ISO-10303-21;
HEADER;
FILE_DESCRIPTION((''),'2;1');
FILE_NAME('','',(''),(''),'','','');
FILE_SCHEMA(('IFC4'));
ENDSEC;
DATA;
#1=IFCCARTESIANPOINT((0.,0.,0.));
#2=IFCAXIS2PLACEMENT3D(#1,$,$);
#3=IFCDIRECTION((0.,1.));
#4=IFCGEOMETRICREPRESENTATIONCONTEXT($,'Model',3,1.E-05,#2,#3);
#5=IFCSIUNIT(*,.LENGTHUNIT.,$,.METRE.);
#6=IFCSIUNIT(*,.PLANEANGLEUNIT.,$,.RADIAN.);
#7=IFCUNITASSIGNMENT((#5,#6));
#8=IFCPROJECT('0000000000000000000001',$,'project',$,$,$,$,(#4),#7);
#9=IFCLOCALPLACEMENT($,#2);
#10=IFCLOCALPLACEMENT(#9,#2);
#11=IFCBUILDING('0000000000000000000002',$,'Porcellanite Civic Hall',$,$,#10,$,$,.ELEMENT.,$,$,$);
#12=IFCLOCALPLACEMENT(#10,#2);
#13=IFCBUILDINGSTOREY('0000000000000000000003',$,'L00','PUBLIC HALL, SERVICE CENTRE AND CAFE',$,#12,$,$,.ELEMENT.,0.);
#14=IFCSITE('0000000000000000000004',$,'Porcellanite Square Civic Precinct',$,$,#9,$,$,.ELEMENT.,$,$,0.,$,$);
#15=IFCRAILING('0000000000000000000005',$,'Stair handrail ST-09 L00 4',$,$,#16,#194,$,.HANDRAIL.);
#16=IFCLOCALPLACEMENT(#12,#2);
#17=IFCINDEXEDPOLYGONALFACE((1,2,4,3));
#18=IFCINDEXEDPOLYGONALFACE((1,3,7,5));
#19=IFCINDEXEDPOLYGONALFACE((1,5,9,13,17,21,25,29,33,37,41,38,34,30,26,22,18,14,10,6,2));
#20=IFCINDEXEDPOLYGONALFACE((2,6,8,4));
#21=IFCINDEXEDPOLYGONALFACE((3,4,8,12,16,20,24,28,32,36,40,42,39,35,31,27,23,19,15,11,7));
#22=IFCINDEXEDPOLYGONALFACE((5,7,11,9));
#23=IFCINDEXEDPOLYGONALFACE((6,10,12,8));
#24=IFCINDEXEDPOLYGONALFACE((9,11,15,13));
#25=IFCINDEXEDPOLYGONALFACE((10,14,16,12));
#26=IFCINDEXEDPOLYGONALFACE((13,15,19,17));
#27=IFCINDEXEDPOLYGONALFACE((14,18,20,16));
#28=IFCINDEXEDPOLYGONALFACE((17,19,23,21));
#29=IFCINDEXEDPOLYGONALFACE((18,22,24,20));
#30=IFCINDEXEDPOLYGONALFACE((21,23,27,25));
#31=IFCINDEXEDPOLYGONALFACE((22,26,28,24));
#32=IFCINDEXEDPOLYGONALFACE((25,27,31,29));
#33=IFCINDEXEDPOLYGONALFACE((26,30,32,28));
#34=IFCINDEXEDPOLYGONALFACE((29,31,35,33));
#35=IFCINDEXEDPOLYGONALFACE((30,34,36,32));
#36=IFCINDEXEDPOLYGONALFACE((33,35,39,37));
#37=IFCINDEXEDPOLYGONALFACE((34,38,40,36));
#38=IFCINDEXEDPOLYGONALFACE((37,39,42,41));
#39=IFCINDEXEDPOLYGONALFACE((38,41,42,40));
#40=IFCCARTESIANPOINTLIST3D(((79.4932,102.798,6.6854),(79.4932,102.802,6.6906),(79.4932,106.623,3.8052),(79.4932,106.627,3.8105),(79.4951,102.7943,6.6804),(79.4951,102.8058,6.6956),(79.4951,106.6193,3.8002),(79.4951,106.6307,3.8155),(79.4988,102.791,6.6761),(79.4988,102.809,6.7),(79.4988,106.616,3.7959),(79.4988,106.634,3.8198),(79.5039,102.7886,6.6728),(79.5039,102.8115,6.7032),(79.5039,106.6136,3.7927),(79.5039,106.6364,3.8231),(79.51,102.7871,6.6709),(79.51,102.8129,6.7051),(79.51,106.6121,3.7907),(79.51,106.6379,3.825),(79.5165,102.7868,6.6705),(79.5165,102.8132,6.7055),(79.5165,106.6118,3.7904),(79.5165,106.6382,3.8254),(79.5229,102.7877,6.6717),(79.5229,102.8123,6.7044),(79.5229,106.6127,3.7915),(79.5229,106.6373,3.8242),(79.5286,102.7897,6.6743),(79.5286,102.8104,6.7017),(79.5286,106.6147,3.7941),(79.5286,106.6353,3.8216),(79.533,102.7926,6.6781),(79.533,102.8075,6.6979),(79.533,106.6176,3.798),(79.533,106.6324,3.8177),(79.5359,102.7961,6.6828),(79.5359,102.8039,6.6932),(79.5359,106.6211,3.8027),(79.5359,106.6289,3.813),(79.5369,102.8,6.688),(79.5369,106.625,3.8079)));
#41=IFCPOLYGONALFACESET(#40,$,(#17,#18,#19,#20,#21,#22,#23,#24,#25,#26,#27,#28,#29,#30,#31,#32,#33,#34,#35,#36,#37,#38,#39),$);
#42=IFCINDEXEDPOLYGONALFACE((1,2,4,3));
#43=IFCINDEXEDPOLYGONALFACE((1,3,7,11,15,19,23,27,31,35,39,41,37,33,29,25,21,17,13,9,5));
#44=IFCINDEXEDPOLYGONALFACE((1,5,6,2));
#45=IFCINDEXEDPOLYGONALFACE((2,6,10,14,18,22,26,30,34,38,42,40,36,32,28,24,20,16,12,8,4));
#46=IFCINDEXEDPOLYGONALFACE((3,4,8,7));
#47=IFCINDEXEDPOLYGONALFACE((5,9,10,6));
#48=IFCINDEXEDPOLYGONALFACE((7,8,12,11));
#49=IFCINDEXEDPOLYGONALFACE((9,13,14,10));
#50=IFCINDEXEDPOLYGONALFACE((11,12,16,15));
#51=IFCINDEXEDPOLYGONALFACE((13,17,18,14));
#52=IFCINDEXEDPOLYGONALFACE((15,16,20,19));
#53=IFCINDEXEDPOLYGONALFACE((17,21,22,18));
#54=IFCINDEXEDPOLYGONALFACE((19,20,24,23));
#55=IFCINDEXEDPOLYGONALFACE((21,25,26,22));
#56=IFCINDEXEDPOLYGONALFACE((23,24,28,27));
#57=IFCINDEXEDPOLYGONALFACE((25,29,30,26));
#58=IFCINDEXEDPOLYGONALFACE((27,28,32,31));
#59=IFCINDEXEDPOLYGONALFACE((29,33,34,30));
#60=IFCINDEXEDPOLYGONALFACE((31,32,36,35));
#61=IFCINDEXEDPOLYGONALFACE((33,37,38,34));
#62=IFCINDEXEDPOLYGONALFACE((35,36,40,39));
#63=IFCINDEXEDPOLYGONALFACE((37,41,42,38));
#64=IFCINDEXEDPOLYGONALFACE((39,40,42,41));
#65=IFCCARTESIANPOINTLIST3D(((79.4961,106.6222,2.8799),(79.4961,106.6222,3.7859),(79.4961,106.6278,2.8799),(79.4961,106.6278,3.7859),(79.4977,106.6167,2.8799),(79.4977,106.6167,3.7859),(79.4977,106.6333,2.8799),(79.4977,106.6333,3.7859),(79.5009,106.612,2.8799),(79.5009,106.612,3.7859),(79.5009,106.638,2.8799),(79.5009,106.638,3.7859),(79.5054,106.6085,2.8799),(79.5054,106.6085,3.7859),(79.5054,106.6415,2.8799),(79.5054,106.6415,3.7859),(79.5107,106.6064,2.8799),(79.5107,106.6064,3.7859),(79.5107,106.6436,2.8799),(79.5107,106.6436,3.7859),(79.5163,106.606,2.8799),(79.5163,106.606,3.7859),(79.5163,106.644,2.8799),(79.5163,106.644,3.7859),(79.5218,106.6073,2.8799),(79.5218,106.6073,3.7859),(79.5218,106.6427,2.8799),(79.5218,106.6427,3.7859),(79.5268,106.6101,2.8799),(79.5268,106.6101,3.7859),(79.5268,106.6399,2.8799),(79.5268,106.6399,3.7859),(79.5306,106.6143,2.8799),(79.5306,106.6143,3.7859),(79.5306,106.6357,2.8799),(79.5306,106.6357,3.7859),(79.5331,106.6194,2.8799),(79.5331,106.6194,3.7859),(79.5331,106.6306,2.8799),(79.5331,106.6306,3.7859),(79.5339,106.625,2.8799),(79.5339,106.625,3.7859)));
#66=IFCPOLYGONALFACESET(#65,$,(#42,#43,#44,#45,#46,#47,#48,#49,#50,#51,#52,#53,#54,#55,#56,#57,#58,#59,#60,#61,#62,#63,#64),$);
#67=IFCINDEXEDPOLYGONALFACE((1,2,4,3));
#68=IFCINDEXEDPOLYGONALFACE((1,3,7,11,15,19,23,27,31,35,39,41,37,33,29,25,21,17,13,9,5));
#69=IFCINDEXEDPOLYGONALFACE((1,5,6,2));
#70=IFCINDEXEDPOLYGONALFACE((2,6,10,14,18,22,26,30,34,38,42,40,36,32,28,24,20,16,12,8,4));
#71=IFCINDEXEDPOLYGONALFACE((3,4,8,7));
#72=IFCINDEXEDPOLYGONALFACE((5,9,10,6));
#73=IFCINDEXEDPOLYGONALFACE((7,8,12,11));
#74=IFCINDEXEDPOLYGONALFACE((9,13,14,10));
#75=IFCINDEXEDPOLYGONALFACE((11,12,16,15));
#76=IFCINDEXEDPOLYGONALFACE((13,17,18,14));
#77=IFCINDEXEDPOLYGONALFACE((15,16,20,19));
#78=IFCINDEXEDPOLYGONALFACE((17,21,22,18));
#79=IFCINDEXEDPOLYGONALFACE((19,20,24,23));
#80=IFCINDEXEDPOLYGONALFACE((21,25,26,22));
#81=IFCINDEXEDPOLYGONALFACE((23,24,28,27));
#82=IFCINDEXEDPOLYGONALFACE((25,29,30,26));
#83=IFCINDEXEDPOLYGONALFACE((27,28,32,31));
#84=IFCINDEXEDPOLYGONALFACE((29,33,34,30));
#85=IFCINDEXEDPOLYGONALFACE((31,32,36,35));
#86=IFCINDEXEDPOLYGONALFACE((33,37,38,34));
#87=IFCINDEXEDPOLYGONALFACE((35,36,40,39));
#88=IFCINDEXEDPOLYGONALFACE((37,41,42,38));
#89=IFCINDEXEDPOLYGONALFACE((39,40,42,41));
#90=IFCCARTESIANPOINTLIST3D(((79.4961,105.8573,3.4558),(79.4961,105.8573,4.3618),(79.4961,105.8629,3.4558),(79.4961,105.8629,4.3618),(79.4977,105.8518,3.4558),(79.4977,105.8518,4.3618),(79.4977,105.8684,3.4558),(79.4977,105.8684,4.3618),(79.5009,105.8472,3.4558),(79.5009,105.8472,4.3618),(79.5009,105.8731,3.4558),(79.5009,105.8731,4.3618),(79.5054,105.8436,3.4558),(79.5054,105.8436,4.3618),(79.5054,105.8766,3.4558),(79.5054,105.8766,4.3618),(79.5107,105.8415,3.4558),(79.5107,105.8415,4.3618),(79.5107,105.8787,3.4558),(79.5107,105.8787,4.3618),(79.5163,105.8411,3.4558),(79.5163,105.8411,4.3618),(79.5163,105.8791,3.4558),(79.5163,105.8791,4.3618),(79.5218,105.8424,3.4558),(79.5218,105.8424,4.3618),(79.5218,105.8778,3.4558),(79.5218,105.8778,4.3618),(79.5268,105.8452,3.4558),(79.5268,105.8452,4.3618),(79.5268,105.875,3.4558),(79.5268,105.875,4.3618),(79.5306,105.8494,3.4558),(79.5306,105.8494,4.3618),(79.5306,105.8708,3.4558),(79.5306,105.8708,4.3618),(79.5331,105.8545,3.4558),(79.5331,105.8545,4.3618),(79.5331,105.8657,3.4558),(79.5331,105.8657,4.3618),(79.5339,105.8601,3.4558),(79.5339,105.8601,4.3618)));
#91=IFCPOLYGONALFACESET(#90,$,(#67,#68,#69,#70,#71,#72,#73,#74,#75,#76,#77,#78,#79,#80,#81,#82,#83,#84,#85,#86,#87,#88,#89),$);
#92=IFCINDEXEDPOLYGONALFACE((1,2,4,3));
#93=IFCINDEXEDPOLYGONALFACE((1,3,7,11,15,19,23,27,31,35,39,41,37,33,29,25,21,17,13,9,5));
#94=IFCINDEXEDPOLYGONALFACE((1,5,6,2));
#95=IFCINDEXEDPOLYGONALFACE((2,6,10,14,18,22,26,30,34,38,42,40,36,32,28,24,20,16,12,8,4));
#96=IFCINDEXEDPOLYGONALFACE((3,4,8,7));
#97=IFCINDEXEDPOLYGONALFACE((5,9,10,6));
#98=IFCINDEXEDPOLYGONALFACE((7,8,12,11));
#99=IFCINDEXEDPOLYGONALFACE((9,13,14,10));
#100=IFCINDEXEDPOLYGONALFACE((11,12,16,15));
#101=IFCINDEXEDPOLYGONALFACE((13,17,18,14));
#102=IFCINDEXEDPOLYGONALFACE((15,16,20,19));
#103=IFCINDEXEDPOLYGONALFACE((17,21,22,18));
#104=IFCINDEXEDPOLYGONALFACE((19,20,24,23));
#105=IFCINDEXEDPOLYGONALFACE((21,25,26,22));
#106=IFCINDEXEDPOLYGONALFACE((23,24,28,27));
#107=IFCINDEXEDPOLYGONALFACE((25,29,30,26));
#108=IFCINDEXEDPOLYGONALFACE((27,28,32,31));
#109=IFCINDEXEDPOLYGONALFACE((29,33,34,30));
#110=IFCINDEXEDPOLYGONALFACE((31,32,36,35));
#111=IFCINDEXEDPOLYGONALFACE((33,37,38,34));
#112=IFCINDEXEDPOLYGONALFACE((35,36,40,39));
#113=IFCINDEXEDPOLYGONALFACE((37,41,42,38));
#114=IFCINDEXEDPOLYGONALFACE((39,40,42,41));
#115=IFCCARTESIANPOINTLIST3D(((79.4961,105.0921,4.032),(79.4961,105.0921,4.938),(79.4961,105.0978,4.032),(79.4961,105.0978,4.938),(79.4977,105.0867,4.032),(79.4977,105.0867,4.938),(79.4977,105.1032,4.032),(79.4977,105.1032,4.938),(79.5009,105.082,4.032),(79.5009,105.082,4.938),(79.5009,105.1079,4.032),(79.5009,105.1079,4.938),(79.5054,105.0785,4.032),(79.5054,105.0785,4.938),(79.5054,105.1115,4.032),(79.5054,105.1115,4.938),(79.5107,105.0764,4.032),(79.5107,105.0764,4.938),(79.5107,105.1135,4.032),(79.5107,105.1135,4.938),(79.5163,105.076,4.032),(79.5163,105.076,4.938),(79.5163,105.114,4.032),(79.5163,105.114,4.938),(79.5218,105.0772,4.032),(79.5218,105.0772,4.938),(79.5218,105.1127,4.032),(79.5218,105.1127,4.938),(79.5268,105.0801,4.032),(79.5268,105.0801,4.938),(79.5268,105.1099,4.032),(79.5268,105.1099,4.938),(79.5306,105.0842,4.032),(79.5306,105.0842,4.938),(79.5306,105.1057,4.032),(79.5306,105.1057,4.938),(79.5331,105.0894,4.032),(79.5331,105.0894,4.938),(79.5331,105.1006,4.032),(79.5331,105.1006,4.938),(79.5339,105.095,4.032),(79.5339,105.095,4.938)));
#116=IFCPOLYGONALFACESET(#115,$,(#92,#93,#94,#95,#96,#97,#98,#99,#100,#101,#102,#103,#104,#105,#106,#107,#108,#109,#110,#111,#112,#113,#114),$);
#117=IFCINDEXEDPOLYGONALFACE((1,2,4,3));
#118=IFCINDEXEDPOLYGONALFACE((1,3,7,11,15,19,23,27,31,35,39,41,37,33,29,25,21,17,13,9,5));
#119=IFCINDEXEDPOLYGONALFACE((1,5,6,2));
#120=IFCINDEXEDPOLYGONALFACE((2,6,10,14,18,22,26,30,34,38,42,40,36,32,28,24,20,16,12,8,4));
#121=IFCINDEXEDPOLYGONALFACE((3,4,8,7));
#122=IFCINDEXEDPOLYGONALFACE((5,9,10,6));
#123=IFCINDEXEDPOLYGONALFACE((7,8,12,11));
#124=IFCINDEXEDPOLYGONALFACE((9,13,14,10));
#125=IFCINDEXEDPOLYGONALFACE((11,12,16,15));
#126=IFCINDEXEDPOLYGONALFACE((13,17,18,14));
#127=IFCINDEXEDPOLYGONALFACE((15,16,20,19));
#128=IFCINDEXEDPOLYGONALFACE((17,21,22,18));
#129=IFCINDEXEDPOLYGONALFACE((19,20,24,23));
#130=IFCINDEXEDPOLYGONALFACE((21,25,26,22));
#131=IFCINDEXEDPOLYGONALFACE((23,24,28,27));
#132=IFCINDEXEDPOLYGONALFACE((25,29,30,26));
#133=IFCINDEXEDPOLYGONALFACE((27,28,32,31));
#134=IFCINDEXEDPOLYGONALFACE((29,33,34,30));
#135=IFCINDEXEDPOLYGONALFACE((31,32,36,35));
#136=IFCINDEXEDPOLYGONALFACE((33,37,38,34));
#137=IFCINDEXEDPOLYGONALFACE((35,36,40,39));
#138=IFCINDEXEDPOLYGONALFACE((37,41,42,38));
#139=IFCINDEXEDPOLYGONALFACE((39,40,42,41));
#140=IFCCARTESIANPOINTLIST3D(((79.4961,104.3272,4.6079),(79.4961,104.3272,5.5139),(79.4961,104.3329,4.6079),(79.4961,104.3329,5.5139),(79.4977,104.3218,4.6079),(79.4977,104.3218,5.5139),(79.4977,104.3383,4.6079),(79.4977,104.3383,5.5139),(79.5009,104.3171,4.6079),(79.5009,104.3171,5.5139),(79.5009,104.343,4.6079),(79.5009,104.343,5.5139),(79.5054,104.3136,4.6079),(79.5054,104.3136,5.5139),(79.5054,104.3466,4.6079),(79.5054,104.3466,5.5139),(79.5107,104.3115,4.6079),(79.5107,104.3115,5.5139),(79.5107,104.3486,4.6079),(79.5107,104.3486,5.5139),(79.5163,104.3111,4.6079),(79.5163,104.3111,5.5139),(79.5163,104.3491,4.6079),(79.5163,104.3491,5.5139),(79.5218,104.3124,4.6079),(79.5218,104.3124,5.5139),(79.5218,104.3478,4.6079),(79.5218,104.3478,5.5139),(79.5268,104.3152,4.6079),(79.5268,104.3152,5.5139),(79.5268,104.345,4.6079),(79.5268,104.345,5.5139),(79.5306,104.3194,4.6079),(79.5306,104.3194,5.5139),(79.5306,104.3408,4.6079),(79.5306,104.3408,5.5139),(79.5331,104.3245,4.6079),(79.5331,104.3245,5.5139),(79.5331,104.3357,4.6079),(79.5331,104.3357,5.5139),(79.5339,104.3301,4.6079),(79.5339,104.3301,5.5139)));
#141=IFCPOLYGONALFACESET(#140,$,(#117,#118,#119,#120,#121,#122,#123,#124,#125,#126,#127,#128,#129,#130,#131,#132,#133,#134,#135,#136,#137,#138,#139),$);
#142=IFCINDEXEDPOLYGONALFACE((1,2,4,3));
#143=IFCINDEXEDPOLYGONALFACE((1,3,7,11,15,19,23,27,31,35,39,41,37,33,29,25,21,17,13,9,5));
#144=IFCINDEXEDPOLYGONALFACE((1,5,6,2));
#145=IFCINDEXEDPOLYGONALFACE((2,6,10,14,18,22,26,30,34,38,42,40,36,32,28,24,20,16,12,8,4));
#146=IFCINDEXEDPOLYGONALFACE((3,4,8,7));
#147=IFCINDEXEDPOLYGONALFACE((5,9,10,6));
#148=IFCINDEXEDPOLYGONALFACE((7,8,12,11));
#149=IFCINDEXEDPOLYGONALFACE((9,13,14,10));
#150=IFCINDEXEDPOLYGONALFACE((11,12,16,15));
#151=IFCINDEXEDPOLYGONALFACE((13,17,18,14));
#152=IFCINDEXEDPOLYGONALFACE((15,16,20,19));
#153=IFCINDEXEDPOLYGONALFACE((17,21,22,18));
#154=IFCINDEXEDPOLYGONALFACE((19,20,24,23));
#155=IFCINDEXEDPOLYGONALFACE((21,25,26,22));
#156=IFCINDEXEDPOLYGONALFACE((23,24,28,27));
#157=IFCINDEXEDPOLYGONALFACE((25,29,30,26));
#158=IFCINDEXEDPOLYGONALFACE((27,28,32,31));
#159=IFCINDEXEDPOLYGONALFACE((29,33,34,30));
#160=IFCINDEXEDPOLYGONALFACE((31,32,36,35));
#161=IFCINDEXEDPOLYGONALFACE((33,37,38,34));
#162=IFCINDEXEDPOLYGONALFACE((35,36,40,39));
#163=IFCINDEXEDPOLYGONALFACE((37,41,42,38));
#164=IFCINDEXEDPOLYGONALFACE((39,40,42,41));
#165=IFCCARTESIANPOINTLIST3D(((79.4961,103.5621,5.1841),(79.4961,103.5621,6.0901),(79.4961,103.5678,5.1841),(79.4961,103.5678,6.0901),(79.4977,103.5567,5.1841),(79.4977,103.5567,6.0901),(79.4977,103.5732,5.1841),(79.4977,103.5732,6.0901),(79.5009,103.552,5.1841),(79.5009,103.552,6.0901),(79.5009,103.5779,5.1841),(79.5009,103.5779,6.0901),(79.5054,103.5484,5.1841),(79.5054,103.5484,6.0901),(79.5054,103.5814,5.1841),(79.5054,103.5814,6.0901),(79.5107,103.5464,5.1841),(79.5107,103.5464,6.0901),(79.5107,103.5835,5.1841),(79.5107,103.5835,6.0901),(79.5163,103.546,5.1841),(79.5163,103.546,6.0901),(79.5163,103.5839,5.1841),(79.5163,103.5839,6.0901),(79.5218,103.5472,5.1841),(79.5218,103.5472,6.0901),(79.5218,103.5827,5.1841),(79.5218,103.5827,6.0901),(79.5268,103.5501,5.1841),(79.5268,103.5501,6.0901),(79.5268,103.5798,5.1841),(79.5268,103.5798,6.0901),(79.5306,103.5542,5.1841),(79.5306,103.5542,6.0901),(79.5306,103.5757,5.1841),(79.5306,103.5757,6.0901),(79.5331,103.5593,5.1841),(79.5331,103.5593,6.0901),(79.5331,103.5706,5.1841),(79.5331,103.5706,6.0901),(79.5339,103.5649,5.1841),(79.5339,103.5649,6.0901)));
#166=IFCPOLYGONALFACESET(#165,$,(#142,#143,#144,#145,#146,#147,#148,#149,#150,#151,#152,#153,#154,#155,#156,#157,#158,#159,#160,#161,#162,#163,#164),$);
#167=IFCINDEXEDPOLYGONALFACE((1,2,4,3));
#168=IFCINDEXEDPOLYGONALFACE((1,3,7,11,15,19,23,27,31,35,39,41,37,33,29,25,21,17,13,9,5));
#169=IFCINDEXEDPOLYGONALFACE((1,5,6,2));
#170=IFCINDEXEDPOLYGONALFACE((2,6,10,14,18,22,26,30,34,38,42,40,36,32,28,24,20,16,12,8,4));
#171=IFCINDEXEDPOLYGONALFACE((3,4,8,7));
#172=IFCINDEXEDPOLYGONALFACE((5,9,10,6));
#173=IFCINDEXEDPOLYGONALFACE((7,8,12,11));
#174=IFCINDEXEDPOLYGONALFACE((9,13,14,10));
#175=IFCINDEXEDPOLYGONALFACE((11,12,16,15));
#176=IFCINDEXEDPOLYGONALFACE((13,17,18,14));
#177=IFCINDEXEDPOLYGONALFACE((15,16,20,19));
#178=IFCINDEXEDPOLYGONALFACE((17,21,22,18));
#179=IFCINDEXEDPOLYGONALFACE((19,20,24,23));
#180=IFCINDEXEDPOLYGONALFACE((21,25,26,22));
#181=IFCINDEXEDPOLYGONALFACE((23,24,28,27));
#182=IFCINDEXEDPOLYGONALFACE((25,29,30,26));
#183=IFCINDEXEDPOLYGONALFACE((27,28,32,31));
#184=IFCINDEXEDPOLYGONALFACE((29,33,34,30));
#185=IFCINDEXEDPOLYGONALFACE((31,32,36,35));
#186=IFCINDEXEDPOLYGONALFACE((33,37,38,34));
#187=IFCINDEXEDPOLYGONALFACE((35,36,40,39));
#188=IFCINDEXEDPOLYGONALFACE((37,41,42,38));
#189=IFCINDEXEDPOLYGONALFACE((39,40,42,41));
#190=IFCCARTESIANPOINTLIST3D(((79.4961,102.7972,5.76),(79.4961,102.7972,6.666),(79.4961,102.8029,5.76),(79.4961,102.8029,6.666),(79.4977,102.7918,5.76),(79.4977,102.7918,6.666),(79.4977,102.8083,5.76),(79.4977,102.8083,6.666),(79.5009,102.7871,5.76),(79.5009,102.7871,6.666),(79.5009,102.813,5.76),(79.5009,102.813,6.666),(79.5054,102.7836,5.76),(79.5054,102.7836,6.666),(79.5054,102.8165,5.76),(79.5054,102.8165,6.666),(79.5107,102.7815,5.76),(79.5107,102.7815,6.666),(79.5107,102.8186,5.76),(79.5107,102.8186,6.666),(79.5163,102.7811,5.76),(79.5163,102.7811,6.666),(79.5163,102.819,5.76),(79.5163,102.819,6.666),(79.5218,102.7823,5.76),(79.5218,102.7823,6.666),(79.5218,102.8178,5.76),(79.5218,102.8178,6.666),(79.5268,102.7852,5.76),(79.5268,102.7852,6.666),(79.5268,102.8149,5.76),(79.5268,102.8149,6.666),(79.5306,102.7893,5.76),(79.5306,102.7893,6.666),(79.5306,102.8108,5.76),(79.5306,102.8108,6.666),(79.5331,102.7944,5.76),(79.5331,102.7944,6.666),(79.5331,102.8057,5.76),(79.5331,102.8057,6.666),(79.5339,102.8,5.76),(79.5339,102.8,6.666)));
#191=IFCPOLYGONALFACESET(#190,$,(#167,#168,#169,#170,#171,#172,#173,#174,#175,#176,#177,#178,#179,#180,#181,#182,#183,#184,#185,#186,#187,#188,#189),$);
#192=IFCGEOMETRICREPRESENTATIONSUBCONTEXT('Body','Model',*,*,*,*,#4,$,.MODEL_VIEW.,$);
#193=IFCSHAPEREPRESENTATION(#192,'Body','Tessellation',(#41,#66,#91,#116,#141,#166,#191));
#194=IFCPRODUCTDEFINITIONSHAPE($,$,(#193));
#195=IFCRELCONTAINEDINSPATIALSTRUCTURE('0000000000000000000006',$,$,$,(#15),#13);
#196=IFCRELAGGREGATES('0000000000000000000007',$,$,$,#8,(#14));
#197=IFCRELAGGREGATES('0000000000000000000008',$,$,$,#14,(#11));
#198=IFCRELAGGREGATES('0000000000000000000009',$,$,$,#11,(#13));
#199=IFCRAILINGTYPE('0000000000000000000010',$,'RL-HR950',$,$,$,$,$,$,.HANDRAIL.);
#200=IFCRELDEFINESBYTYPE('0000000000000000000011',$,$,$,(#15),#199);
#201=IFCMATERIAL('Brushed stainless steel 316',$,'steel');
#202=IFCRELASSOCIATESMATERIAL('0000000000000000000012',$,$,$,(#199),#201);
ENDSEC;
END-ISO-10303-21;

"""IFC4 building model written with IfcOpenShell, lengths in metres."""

from ifc_helpers import new_model, si_unit, direction, frame, origin, origin_2d, place, context, subcontext, project, spatial, circle, extrude, material, type_object, element, save


model = new_model("IFC4")

# Units and contexts
model_context = context("Model", 3, precision=1e-05, world=origin(), true_north=direction((0.0, 1.0)))
body_context = subcontext(model_context, "Body", "Model", "MODEL_VIEW")
ifc_project = project(units=[si_unit("LENGTHUNIT", "METRE"), si_unit("PLANEANGLEUNIT", "RADIAN")], contexts=[model_context])

# Site, building, storey
site_placement = place(None, origin())
site = spatial("IfcSite", under=ifc_project, at=site_placement, Name="Porcellanite Square Civic Precinct", CompositionType="ELEMENT", RefElevation=0.0)
building_placement = place(site_placement, origin())
building = spatial("IfcBuilding", under=site, at=building_placement, Name="Porcellanite Civic Hall", CompositionType="ELEMENT")
storey_placement = place(building_placement, origin())
storey = spatial("IfcBuildingStorey", under=building, at=storey_placement, Name="L00", Description="PUBLIC HALL, SERVICE CENTRE AND CAFE", CompositionType="ELEMENT", Elevation=0.0)

# Railing
ifc_material_1 = material(Name="Brushed stainless steel 316", Category="steel")
railing_type_1 = type_object("IfcRailingType", Name="RL-HR950", PredefinedType="HANDRAIL", material=ifc_material_1)
railing_1_placement = place(storey_placement, frame((79.5149, 106.625, 2.8799)))
element("IfcRailing", 1, at=railing_1_placement, inside=storey, type_object=railing_type_1, Name="Stair handrail ST-09 L00 4", PredefinedType="HANDRAIL", context=body_context, shape_type="SweptSolid", body=[
    extrude(circle(Radius=0.022, at=origin_2d()), frame((0.0, 0.0, 0.928), z_axis=(0.0, -0.798854, 0.601525), x_axis=(1.0, 0.0, 0.0)), (0.0, 0.0, 1.0), 4.7881),
    extrude(circle(Radius=0.019, at=origin_2d()), origin(), (0.0, 0.0, 1.0), 0.906),
    extrude(circle(Radius=0.019, at=origin_2d()), frame((0.0, -0.7649, 0.5759)), (0.0, 0.0, 1.0), 0.906),
    extrude(circle(Radius=0.019, at=origin_2d()), frame((0.0, -1.53, 1.1521)), (0.0, 0.0, 1.0), 0.906),
    extrude(circle(Radius=0.019, at=origin_2d()), frame((0.0, -2.2949, 1.728)), (0.0, 0.0, 1.0), 0.906),
    extrude(circle(Radius=0.019, at=origin_2d()), frame((0.0, -3.0601, 2.3042)), (0.0, 0.0, 1.0), 0.906),
    extrude(circle(Radius=0.019, at=origin_2d()), frame((0.0, -3.825, 2.8801)), (0.0, 0.0, 1.0), 0.906),
])

save(model, "model.ifc")
